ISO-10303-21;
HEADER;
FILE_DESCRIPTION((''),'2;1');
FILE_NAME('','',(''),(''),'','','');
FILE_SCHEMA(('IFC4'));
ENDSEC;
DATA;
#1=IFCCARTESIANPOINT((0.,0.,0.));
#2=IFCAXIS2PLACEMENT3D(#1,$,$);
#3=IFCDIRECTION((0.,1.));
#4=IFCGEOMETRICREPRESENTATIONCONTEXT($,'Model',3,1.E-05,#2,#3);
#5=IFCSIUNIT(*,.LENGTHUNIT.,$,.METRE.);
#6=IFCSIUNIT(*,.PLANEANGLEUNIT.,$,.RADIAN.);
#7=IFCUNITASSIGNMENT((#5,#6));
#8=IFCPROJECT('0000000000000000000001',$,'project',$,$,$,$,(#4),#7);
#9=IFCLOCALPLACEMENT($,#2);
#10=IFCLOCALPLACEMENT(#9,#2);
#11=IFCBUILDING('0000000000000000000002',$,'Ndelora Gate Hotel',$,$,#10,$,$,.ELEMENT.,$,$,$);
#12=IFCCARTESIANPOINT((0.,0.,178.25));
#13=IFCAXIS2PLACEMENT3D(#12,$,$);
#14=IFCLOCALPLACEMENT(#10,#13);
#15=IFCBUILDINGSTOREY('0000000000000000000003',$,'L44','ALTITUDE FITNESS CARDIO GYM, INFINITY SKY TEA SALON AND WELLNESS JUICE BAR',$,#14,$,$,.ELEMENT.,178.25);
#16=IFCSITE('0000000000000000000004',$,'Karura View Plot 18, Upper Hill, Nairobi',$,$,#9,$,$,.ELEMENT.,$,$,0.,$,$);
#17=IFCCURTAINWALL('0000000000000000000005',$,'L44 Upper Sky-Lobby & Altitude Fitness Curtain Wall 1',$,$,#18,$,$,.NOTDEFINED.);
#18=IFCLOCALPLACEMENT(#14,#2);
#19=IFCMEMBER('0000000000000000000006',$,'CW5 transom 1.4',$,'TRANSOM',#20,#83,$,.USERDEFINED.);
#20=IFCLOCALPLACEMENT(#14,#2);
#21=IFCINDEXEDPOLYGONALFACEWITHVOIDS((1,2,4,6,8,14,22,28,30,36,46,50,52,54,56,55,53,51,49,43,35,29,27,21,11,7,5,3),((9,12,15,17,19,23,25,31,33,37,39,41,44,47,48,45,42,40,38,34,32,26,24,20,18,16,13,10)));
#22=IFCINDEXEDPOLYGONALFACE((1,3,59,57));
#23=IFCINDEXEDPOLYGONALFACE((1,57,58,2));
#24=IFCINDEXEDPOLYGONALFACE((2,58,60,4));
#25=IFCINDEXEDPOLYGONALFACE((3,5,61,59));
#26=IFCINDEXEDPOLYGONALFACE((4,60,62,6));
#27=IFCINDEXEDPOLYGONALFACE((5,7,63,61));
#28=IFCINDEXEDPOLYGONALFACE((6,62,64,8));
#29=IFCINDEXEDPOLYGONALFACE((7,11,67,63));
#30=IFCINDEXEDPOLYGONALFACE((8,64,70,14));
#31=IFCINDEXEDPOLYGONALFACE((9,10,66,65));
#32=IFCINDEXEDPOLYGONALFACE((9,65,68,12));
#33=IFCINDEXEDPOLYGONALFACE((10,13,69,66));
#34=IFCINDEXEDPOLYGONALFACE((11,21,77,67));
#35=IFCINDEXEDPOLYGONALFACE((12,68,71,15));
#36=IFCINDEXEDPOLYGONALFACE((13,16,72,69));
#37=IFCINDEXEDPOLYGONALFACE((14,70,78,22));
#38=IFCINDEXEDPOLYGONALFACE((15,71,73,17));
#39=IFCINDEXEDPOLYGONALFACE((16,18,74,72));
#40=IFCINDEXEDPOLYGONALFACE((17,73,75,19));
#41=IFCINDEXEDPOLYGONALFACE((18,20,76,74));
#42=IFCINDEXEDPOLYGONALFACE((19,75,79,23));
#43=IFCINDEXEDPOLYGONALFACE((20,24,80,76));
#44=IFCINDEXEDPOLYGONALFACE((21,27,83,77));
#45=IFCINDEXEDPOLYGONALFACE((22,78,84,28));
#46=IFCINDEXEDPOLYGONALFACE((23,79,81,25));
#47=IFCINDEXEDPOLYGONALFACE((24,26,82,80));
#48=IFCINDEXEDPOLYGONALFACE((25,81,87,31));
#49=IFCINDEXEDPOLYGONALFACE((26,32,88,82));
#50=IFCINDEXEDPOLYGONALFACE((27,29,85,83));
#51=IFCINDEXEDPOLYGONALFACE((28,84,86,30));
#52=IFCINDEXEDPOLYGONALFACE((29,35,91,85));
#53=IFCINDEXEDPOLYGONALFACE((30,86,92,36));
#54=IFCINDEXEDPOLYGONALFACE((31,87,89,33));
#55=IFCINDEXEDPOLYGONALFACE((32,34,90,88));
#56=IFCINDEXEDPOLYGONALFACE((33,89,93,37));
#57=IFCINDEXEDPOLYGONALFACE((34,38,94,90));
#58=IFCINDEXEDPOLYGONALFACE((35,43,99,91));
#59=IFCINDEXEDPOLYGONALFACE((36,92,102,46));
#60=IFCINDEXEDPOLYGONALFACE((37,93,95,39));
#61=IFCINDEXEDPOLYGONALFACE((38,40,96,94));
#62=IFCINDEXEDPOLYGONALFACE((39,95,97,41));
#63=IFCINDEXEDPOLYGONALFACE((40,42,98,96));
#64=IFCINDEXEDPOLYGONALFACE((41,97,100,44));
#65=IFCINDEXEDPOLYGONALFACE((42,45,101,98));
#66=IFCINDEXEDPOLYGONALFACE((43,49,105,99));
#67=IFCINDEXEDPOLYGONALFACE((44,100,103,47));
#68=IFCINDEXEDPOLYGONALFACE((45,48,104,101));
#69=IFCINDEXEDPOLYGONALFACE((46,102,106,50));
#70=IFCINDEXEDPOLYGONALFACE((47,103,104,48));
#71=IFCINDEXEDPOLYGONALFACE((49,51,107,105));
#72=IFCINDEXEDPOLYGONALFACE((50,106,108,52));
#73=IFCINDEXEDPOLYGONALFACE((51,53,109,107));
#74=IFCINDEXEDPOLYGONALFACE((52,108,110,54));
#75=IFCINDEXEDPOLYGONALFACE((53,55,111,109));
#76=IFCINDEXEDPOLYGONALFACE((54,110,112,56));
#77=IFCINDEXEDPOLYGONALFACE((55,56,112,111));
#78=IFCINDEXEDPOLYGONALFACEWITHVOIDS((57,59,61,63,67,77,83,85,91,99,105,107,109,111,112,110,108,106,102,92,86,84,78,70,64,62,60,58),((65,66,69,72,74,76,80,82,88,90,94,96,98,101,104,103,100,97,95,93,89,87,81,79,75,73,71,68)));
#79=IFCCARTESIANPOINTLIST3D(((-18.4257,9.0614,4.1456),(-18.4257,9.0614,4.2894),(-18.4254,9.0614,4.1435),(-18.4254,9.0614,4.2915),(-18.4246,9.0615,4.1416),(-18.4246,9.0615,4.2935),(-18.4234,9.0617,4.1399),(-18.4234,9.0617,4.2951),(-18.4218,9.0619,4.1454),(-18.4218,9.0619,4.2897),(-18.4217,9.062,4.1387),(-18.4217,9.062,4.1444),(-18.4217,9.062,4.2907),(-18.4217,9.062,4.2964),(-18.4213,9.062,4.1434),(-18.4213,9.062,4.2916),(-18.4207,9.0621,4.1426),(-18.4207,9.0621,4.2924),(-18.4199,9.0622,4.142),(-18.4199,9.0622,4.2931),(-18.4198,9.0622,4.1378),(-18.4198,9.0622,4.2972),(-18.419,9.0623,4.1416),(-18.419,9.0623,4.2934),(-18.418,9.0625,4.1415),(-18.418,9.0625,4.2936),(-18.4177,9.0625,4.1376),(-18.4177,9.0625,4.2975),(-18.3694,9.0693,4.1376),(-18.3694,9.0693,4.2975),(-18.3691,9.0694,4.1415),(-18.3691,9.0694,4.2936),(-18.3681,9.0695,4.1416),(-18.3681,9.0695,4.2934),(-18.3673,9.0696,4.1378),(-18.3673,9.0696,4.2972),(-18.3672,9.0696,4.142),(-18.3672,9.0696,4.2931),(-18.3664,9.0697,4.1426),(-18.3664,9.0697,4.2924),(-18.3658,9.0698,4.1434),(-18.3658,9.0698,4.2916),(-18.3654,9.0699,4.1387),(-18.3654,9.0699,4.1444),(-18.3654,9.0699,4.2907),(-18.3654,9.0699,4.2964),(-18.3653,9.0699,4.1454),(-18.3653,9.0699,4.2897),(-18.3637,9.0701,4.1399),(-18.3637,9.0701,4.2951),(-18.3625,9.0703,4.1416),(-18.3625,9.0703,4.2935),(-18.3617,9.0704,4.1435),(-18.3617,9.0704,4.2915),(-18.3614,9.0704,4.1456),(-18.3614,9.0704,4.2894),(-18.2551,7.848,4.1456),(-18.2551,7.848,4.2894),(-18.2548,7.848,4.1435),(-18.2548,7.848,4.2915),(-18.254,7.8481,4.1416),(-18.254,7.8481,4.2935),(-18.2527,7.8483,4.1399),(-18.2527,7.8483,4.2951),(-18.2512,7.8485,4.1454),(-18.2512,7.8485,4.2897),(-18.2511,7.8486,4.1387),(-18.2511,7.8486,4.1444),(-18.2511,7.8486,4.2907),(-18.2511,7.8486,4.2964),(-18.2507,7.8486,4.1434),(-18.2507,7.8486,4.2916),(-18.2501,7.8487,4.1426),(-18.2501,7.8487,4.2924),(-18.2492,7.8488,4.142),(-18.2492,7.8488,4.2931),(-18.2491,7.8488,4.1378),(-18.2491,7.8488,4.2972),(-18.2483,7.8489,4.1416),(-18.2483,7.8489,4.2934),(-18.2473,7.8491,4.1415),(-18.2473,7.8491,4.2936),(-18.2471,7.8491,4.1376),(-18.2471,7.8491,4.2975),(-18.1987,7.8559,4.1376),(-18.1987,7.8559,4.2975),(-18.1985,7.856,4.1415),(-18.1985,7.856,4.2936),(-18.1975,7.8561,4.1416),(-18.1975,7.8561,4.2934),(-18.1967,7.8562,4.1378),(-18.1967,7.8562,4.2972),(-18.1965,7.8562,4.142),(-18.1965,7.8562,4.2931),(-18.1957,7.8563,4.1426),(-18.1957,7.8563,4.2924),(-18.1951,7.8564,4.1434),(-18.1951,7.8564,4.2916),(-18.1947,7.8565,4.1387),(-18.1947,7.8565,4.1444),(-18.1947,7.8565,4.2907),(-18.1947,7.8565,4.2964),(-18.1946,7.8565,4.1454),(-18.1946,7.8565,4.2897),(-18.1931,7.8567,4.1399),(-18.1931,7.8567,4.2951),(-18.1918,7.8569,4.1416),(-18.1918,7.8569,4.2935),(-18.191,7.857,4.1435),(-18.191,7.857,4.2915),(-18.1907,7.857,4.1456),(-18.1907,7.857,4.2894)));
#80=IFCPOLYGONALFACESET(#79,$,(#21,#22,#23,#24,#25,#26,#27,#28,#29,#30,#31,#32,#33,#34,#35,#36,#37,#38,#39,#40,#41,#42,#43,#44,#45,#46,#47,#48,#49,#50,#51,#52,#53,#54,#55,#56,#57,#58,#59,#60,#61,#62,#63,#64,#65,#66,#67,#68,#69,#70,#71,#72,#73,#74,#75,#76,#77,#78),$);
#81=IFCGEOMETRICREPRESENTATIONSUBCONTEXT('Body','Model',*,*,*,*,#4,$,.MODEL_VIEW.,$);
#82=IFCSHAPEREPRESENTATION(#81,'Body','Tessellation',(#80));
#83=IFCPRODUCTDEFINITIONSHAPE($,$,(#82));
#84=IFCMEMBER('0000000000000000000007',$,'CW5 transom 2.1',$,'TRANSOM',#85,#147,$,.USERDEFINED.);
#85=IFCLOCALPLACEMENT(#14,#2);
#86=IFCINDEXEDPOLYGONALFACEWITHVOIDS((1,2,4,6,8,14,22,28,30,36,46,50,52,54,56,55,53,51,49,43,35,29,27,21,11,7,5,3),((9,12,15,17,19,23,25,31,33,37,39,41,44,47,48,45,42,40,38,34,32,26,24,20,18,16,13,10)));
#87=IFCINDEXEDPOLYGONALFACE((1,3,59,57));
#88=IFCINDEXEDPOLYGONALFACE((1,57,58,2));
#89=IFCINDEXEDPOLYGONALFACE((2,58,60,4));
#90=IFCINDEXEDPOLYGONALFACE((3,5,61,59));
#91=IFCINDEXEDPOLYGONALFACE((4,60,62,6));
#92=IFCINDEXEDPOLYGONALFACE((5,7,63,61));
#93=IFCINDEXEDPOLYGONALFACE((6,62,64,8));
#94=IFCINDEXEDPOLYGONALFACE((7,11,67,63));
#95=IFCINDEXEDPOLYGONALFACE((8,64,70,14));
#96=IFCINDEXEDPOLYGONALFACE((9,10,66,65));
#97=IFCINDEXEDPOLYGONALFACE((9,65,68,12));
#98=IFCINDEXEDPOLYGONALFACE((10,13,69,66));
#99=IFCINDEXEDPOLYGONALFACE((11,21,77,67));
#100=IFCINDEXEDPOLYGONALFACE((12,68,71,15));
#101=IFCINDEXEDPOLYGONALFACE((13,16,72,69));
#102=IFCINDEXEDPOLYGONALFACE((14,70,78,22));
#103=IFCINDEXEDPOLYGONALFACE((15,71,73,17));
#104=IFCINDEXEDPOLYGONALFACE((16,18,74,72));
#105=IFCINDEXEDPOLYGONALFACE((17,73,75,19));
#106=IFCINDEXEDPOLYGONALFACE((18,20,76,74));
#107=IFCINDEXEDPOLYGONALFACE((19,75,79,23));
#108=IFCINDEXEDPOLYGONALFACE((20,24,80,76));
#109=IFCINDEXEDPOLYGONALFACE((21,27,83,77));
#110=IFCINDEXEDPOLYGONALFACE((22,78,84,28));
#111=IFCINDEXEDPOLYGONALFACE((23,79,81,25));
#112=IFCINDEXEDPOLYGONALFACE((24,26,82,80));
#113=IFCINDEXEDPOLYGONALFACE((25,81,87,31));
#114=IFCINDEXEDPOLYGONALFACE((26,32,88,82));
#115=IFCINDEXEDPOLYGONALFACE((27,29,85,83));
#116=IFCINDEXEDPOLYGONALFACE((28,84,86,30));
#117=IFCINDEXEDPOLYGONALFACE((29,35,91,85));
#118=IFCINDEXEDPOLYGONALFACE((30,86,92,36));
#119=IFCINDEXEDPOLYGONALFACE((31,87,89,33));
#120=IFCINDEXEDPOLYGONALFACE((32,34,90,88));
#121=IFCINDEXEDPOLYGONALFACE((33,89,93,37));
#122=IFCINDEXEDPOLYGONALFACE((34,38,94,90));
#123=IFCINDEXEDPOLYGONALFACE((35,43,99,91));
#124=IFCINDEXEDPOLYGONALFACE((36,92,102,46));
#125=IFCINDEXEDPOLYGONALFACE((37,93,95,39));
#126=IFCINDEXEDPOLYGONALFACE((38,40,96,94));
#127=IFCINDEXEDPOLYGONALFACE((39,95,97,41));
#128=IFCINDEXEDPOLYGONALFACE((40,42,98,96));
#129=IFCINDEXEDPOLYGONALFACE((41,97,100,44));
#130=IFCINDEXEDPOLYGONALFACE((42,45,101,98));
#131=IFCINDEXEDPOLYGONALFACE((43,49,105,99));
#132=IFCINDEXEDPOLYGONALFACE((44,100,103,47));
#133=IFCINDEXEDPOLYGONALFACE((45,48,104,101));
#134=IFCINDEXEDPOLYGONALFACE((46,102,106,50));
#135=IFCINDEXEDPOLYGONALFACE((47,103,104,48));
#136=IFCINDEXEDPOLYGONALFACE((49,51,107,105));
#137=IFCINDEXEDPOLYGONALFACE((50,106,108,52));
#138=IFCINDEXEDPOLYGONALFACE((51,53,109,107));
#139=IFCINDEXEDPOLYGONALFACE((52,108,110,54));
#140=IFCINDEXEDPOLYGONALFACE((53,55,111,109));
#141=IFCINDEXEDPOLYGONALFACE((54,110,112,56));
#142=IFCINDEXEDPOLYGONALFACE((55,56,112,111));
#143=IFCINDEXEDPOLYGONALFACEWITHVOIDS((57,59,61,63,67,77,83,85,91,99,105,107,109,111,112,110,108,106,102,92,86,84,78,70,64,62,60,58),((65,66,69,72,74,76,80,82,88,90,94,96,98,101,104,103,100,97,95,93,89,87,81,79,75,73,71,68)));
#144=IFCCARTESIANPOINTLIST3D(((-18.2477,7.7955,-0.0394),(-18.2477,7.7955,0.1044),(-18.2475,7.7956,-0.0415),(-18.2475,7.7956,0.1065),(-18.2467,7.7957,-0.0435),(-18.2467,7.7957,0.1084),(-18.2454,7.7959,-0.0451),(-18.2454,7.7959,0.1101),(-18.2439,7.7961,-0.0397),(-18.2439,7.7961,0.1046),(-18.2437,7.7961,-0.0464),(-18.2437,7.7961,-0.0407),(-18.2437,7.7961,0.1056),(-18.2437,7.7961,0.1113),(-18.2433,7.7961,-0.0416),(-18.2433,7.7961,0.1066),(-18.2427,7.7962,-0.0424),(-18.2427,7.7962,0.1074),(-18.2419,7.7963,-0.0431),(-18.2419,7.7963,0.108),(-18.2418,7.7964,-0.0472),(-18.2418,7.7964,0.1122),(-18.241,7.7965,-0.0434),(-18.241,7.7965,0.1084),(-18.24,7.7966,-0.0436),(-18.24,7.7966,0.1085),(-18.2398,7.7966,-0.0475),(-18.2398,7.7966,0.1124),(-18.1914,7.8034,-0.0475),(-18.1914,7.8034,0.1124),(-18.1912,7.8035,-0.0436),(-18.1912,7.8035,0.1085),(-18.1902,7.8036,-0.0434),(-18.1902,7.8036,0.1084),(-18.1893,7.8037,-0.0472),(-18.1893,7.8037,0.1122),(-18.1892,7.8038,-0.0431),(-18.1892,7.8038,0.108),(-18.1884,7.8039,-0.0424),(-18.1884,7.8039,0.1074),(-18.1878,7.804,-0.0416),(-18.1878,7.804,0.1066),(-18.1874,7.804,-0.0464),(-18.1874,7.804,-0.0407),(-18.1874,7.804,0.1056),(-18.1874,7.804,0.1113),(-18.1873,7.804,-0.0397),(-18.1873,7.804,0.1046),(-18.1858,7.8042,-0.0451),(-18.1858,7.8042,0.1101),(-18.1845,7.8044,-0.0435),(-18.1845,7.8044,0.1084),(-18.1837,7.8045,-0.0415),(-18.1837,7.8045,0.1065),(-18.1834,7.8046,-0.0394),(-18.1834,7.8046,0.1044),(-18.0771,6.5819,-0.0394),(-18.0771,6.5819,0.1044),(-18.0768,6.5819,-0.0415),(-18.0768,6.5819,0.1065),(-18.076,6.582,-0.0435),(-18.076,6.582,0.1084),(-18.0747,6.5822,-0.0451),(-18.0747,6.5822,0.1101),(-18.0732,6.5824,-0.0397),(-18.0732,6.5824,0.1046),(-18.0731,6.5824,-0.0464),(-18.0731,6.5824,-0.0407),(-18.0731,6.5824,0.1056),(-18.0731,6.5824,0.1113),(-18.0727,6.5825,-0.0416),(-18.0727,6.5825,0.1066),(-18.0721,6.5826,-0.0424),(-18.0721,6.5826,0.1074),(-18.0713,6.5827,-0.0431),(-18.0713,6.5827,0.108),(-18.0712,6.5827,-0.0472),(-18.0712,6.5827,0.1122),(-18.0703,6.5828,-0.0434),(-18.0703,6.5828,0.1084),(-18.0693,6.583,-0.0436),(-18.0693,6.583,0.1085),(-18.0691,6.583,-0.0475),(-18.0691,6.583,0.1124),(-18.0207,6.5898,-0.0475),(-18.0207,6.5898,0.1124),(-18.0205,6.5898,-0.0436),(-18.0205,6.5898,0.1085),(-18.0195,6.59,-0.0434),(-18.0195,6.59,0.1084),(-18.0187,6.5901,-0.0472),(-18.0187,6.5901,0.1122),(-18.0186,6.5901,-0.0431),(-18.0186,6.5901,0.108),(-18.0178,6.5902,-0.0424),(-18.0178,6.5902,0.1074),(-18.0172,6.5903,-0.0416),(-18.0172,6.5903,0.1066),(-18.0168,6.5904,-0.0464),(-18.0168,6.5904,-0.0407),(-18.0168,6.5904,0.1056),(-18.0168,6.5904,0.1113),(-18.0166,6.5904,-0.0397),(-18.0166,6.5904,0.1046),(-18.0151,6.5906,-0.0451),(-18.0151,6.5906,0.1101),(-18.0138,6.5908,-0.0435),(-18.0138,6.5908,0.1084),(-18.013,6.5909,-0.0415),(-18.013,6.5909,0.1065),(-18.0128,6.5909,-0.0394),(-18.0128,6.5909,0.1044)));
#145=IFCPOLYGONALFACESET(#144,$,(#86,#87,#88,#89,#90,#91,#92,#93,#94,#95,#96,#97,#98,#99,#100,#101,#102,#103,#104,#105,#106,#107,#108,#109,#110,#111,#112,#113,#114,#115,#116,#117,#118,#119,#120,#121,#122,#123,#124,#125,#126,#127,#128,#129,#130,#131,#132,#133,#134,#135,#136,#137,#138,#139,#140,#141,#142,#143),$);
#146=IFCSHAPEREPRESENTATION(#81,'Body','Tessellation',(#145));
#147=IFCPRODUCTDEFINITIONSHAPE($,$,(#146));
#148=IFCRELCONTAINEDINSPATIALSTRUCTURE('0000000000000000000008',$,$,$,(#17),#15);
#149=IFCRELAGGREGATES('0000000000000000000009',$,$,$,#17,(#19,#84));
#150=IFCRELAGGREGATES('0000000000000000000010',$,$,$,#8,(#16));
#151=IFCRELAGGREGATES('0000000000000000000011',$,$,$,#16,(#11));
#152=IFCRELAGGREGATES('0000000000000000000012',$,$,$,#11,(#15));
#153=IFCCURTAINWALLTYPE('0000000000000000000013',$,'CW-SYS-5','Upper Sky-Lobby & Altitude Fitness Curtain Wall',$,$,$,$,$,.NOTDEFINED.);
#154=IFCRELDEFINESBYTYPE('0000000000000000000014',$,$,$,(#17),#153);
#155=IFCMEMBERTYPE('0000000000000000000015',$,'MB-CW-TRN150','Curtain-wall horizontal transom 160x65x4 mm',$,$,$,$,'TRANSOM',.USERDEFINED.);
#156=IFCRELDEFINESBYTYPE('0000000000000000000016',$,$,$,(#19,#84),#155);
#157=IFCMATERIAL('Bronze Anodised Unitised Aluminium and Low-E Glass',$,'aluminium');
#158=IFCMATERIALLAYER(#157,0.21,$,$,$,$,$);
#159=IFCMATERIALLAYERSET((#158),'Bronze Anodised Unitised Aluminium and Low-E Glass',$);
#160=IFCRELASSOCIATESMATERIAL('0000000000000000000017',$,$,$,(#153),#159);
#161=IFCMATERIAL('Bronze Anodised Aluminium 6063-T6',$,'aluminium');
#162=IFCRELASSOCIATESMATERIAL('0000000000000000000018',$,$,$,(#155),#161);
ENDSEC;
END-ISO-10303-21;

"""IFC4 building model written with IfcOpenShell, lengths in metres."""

from ifc_helpers import new_model, si_unit, direction, frame, origin, origin_2d, place, context, subcontext, project, spatial, hollow_rectangle, extrude, material, layer, layer_set, material_profile, profile_set, type_object, element, aggregate, save


model = new_model("IFC4")

# Units and contexts
model_context = context("Model", 3, precision=1e-05, world=origin(), true_north=direction((0.0, 1.0)))
body_context = subcontext(model_context, "Body", "Model", "MODEL_VIEW")
ifc_project = project(units=[si_unit("LENGTHUNIT", "METRE"), si_unit("PLANEANGLEUNIT", "RADIAN")], contexts=[model_context])

# Site, building, storey
site_placement = place(None, origin())
site = spatial("IfcSite", under=ifc_project, at=site_placement, Name="Karura View Plot 18, Upper Hill, Nairobi", CompositionType="ELEMENT", RefElevation=0.0)
building_placement = place(site_placement, origin())
building = spatial("IfcBuilding", under=site, at=building_placement, Name="Ndelora Gate Hotel", CompositionType="ELEMENT")
storey_placement = place(building_placement, frame((0.0, 0.0, 178.25)))
storey = spatial("IfcBuildingStorey", under=building, at=storey_placement, Name="L44", Description="ALTITUDE FITNESS CARDIO GYM, INFINITY SKY TEA SALON AND WELLNESS JUICE BAR", CompositionType="ELEMENT", Elevation=178.25)

# Curtain wall
ifc_material_1 = material(Name="Bronze Anodised Unitised Aluminium and Low-E Glass", Category="aluminium")
ifc_layer_1 = layer(ifc_material_1, 0.21)
ifc_layer_set_1 = layer_set([ifc_layer_1], Name="Bronze Anodised Unitised Aluminium and Low-E Glass")
curtain_wall_type = type_object("IfcCurtainWallType", Name="CW-SYS-5", Description="Upper Sky-Lobby & Altitude Fitness Curtain Wall", PredefinedType="NOTDEFINED", material=ifc_layer_set_1)
curtain_wall_1_placement = place(storey_placement, origin())
curtain_wall_1 = element("IfcCurtainWall", 1, at=curtain_wall_1_placement, inside=storey, type_object=curtain_wall_type, Name="L44 Upper Sky-Lobby & Altitude Fitness Curtain Wall 1", PredefinedType="NOTDEFINED")
ifc_material_2 = material(Name="Bronze Anodised Aluminium 6063-T6", Category="aluminium")

# Members
ifc_material_profile_1 = material_profile(ifc_material_2, hollow_rectangle(XDim=0.0649, YDim=0.1599, WallThickness=0.0039, InnerFilletRadius=0.0039, OuterFilletRadius=0.0081, at=origin_2d()), Name="ALU 160x65x4")
ifc_profile_set_1 = profile_set([ifc_material_profile_1], Name="Bronze Anodised Aluminium 6063-T6")
member_type_1 = type_object("IfcMemberType", Name="MB-CW-TRN150", Description="Curtain-wall horizontal transom 160x65x4 mm", ElementType="TRANSOM", PredefinedType="USERDEFINED", material=ifc_profile_set_1)
member_1_placement = place(storey_placement, frame((-18.3936, 9.0659, 4.2175), z_axis=(0.139273, -0.990254, 0.0), x_axis=(0.990254, 0.139273, 0.0)))
member_1 = element("IfcMember", 2, at=member_1_placement, type_object=member_type_1, Name="CW5 transom 1.4", ObjectType="TRANSOM", PredefinedType="USERDEFINED", context=body_context, shape_type="SweptSolid", body=[
    extrude(hollow_rectangle(XDim=0.0649, YDim=0.1599, WallThickness=0.0039, InnerFilletRadius=0.0039, OuterFilletRadius=0.0081, at=origin_2d()), origin(), (0.0, 0.0, 1.0), 1.2253),
])
member_2_placement = place(storey_placement, frame((-18.2156, 7.8, 0.0325), z_axis=(0.139246, -0.990258, 0.0), x_axis=(0.990258, 0.139246, 0.0)))
member_2 = element("IfcMember", 3, at=member_2_placement, type_object=member_type_1, Name="CW5 transom 2.1", ObjectType="TRANSOM", PredefinedType="USERDEFINED", context=body_context, shape_type="SweptSolid", body=[
    extrude(hollow_rectangle(XDim=0.0649, YDim=0.1599, WallThickness=0.0039, InnerFilletRadius=0.0039, OuterFilletRadius=0.0081, at=origin_2d()), origin(), (0.0, 0.0, 1.0), 1.2256),
])

aggregate(curtain_wall_1, [member_1, member_2])

save(model, "model.ifc")
